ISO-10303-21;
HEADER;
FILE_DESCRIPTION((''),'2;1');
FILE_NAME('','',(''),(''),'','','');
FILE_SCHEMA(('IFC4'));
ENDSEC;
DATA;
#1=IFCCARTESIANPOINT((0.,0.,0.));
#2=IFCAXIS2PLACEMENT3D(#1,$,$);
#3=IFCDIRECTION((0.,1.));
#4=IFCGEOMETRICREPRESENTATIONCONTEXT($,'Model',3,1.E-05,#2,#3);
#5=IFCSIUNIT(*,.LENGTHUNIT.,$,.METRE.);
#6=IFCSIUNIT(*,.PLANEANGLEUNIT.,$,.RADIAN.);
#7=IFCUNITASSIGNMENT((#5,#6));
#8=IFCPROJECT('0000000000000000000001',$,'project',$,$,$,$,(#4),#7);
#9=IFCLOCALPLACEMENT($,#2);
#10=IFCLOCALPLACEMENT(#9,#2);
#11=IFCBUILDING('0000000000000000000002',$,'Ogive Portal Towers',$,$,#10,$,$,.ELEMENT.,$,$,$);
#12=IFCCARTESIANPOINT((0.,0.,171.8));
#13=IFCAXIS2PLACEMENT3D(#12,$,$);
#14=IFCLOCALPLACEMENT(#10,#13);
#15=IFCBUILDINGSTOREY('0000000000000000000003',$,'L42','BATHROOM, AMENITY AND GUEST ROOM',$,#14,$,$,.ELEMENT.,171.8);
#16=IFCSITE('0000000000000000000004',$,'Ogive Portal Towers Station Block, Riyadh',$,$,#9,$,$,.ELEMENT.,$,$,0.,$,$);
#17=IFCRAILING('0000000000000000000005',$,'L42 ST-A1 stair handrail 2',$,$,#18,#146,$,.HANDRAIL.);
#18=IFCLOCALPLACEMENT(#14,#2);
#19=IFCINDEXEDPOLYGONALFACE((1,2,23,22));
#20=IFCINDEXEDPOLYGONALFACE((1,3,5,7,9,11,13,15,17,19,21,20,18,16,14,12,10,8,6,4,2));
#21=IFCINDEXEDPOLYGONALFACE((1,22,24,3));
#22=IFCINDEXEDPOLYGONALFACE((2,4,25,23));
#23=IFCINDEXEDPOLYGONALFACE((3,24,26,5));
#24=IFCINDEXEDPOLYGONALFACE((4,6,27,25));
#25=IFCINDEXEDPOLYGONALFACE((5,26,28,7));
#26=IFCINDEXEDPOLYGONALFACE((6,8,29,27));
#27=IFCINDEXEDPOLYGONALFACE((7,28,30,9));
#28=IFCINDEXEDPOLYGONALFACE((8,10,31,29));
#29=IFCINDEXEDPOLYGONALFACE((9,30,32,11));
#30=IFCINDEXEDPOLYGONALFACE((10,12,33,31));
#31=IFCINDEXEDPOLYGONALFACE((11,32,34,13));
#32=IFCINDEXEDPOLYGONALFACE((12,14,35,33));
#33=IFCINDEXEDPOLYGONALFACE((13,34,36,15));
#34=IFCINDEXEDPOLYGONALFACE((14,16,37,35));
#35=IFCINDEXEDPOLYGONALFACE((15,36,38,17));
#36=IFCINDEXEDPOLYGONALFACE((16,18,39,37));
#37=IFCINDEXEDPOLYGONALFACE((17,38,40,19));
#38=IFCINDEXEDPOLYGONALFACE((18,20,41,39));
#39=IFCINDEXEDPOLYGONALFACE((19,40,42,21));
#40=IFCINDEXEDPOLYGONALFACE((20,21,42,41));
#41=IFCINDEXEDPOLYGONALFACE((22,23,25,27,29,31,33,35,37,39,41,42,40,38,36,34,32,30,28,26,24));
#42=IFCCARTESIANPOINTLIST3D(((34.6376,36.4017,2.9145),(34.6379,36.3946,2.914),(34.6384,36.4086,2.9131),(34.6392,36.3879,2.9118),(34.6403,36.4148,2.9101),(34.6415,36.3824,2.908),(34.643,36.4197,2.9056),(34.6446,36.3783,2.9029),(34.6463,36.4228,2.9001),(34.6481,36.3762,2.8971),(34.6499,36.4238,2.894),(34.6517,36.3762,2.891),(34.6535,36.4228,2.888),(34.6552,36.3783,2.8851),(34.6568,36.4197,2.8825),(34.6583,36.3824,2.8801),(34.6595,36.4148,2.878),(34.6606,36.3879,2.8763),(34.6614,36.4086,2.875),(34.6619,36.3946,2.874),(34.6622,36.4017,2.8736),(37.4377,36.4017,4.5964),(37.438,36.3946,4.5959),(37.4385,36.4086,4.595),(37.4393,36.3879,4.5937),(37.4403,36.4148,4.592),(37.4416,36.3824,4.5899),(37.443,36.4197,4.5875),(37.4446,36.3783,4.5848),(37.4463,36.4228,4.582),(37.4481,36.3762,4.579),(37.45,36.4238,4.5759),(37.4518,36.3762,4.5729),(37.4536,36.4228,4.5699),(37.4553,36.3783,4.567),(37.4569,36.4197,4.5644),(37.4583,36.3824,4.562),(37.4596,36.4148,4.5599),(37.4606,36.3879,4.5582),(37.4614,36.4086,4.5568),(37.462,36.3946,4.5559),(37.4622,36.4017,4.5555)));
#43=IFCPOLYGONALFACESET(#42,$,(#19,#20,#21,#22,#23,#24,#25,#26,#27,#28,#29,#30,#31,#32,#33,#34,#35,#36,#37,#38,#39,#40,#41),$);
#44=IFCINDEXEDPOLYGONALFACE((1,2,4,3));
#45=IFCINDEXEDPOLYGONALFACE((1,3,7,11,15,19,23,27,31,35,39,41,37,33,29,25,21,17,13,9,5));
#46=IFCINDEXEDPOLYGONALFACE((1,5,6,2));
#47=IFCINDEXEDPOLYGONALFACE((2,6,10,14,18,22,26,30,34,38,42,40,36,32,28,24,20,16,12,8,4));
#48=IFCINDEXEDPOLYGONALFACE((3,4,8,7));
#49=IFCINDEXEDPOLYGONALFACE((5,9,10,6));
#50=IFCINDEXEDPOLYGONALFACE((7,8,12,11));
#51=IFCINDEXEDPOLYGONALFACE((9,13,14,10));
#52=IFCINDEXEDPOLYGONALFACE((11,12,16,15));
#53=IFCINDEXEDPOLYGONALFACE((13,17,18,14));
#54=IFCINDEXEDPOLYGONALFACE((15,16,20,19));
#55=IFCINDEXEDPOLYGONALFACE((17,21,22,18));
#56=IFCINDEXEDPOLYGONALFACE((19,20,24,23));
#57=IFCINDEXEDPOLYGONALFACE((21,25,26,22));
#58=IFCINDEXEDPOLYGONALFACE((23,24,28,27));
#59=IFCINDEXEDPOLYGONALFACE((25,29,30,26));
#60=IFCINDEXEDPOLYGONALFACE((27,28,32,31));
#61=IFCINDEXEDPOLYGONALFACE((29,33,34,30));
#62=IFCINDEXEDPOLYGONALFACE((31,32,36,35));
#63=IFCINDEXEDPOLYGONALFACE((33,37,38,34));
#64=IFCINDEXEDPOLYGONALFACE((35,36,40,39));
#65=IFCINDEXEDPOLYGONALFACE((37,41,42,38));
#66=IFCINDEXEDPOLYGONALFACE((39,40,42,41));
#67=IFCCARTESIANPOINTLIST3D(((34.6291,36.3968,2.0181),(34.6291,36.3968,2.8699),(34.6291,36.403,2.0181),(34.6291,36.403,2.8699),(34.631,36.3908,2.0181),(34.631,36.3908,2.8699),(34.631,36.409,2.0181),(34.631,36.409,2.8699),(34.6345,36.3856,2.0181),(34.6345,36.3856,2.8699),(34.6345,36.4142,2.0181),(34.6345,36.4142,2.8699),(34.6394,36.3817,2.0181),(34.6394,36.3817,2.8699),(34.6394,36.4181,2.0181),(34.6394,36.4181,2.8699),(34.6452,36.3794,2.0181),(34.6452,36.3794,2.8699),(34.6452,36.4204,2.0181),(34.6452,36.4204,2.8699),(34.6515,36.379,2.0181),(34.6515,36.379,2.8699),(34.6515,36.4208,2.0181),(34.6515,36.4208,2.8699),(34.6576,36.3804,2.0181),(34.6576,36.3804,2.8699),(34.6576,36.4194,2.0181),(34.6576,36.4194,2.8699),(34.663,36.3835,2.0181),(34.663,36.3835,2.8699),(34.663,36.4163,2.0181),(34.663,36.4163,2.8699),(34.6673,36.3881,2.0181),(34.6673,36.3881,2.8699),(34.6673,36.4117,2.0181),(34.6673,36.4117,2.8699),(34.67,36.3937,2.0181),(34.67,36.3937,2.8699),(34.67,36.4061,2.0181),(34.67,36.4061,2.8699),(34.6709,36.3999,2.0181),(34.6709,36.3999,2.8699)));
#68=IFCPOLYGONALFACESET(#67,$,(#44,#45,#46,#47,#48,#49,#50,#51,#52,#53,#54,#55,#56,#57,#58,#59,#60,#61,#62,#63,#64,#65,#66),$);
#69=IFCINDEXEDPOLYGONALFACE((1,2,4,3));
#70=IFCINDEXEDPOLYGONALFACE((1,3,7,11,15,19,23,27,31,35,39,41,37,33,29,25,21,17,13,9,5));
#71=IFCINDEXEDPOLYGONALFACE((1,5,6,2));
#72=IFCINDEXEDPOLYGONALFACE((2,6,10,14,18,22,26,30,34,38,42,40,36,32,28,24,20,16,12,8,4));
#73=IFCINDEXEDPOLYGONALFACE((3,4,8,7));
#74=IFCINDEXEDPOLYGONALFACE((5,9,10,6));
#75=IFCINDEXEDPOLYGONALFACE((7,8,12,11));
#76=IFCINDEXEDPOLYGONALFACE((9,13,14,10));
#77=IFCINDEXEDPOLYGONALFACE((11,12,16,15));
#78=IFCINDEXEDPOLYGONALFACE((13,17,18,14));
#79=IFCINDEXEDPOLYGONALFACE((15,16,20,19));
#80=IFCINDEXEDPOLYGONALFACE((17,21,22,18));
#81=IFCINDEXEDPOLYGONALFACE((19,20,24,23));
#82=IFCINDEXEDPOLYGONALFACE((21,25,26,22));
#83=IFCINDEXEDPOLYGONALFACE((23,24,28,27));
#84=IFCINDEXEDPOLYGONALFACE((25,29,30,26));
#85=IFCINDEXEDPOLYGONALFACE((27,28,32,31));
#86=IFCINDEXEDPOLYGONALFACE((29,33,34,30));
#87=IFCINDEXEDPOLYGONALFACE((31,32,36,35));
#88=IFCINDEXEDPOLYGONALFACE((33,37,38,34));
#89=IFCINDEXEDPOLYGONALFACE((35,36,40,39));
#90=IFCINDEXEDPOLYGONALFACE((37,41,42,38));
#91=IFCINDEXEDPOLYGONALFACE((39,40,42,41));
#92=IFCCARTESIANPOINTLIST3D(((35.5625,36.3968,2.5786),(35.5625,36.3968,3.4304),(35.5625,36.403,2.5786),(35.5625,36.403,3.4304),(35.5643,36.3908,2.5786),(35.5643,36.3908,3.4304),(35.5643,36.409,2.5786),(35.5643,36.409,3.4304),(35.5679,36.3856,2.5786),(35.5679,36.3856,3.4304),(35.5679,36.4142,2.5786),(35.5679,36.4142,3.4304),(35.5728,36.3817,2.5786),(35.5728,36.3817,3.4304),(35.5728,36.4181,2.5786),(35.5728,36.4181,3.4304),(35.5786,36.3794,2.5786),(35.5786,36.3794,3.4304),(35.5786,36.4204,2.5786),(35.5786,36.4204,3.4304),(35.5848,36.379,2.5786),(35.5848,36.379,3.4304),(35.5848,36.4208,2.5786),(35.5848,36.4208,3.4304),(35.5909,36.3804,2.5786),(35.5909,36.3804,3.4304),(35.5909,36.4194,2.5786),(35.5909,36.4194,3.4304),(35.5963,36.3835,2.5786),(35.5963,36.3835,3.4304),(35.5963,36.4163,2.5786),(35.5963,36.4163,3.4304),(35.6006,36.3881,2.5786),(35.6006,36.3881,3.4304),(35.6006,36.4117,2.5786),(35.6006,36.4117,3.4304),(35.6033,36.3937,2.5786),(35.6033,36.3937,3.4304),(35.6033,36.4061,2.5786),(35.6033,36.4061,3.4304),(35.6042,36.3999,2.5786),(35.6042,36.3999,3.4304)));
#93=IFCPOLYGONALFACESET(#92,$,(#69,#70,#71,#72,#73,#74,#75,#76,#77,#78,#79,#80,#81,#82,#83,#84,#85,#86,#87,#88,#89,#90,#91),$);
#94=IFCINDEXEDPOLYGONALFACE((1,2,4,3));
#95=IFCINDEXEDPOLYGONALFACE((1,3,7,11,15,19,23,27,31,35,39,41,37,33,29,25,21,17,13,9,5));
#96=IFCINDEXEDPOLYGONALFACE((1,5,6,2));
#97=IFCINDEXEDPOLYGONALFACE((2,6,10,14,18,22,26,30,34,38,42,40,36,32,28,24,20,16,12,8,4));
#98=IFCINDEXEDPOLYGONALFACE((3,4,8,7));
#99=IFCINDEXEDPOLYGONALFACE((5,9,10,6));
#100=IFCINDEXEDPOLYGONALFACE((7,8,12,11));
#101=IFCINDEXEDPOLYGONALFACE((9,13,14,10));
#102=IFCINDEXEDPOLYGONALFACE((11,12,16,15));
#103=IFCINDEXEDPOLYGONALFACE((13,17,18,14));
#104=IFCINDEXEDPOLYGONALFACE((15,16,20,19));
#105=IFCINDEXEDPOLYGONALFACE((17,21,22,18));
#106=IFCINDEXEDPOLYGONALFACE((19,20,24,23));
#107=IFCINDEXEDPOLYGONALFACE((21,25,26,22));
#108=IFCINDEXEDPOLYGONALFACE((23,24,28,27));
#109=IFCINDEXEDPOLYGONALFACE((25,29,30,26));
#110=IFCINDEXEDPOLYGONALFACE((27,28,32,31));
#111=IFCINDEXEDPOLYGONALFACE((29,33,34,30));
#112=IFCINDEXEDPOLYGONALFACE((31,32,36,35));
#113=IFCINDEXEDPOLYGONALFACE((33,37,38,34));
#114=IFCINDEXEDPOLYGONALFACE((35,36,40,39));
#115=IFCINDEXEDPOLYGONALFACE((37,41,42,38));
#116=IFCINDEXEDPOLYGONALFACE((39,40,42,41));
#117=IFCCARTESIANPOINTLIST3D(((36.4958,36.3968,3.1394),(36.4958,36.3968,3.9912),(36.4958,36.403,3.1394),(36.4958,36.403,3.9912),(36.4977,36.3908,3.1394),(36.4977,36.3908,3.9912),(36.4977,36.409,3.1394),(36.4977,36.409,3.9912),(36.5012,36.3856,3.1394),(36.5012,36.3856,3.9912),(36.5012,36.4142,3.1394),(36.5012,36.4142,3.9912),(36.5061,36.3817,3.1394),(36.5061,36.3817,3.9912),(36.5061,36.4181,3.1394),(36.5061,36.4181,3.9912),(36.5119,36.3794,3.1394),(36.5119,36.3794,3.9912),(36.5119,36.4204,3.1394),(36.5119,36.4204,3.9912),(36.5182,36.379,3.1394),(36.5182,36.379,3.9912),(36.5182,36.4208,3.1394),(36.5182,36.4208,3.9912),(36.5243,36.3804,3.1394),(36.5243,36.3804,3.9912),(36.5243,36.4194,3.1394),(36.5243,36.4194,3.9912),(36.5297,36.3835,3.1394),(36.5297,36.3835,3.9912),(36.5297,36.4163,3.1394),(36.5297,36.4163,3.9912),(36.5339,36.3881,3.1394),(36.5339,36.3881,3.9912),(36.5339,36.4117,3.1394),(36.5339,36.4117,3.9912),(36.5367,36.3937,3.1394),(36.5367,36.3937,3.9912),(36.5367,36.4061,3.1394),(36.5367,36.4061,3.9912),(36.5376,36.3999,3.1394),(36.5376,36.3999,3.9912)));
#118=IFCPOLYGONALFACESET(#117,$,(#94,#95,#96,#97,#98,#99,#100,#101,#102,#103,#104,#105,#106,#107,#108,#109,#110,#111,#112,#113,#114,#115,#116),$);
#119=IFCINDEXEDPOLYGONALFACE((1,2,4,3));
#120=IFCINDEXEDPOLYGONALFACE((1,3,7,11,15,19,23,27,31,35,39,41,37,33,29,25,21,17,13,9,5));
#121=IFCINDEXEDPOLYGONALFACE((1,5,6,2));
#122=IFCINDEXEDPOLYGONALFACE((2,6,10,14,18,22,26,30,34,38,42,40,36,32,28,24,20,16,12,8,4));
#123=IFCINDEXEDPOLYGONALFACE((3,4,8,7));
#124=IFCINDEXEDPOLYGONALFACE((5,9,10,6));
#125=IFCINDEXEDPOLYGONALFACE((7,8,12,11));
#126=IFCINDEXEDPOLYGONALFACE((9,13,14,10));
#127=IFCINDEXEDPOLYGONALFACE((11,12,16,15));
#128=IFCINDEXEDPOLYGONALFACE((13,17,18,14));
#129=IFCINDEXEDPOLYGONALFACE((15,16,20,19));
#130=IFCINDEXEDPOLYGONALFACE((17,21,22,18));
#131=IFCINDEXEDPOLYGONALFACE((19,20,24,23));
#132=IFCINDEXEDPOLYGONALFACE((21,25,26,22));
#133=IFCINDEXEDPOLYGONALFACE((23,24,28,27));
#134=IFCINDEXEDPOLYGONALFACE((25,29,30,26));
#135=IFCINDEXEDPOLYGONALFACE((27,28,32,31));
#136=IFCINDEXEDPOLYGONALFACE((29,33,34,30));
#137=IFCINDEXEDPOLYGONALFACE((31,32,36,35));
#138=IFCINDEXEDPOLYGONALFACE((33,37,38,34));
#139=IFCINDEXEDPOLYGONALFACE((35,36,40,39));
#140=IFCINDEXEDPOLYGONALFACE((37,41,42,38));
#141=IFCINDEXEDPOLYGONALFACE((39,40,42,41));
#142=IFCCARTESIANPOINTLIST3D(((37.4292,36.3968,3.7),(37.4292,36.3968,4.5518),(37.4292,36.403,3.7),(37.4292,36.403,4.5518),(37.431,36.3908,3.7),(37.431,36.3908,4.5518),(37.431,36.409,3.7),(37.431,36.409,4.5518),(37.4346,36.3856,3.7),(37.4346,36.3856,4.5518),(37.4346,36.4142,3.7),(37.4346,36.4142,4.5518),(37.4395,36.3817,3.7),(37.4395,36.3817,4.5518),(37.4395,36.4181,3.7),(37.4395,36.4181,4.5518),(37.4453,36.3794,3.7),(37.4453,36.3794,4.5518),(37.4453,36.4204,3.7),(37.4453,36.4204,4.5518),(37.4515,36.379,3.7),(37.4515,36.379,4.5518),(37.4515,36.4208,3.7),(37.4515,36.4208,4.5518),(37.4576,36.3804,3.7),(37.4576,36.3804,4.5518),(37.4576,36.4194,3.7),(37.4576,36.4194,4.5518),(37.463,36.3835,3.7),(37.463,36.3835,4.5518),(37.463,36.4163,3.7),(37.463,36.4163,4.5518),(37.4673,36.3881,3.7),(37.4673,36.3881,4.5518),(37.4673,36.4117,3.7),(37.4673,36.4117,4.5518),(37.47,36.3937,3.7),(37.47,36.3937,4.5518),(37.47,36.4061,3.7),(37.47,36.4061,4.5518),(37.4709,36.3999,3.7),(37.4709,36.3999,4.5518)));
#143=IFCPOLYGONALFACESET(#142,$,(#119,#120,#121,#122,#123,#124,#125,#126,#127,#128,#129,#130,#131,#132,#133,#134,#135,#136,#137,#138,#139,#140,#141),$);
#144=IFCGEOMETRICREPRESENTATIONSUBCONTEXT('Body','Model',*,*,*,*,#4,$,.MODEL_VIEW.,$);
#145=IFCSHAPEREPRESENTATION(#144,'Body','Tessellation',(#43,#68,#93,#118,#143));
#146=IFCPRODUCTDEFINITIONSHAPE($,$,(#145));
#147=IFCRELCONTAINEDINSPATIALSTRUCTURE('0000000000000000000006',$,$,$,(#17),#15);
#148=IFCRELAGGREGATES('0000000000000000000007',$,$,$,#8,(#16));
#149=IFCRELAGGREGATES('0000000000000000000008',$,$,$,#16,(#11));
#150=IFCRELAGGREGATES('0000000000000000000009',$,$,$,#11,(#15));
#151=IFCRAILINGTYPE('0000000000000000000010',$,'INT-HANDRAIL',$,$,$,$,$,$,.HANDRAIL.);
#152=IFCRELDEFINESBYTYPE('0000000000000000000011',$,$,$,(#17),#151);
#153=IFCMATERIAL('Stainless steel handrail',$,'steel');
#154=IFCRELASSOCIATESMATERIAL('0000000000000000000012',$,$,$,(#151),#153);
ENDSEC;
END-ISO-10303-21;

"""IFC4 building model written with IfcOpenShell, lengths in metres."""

from ifc_helpers import new_model, si_unit, direction, frame, origin, origin_2d, place, context, subcontext, project, spatial, circle, extrude, material, type_object, element, save


model = new_model("IFC4")

# Units and contexts
model_context = context("Model", 3, precision=1e-05, world=origin(), true_north=direction((0.0, 1.0)))
body_context = subcontext(model_context, "Body", "Model", "MODEL_VIEW")
ifc_project = project(units=[si_unit("LENGTHUNIT", "METRE"), si_unit("PLANEANGLEUNIT", "RADIAN")], contexts=[model_context])

# Site, building, storey
site_placement = place(None, origin())
site = spatial("IfcSite", under=ifc_project, at=site_placement, Name="Ogive Portal Towers Station Block, Riyadh", CompositionType="ELEMENT", RefElevation=0.0)
building_placement = place(site_placement, origin())
building = spatial("IfcBuilding", under=site, at=building_placement, Name="Ogive Portal Towers", CompositionType="ELEMENT")
storey_placement = place(building_placement, frame((0.0, 0.0, 171.8)))
storey = spatial("IfcBuildingStorey", under=building, at=storey_placement, Name="L42", Description="BATHROOM, AMENITY AND GUEST ROOM", CompositionType="ELEMENT", Elevation=171.8)

# Railing
ifc_material_1 = material(Name="Stainless steel handrail", Category="steel")
railing_type_1 = type_object("IfcRailingType", Name="INT-HANDRAIL", PredefinedType="HANDRAIL", material=ifc_material_1)
railing_1_placement = place(storey_placement, frame((34.6499, 36.3999, 2.0181)))
element("IfcRailing", 1, at=railing_1_placement, inside=storey, type_object=railing_type_1, Name="L42 ST-A1 stair handrail 2", PredefinedType="HANDRAIL", context=body_context, shape_type="SweptSolid", body=[
    extrude(circle(Radius=0.0239, at=origin_2d()), frame((0.0, 0.0, 0.876), z_axis=(0.857242, 0.0, 0.514913), x_axis=(0.0, 1.0, 0.0)), (0.0, 0.0, 1.0), 3.2664),
    extrude(circle(Radius=0.021, at=origin_2d()), origin(), (0.0, 0.0, 1.0), 0.8518),
    extrude(circle(Radius=0.021, at=origin_2d()), frame((0.9333, 0.0, 0.5605)), (0.0, 0.0, 1.0), 0.8518),
    extrude(circle(Radius=0.021, at=origin_2d()), frame((1.8667, 0.0, 1.1213)), (0.0, 0.0, 1.0), 0.8518),
    extrude(circle(Radius=0.021, at=origin_2d()), frame((2.8, 0.0, 1.6819)), (0.0, 0.0, 1.0), 0.8518),
])

save(model, "model.ifc")
